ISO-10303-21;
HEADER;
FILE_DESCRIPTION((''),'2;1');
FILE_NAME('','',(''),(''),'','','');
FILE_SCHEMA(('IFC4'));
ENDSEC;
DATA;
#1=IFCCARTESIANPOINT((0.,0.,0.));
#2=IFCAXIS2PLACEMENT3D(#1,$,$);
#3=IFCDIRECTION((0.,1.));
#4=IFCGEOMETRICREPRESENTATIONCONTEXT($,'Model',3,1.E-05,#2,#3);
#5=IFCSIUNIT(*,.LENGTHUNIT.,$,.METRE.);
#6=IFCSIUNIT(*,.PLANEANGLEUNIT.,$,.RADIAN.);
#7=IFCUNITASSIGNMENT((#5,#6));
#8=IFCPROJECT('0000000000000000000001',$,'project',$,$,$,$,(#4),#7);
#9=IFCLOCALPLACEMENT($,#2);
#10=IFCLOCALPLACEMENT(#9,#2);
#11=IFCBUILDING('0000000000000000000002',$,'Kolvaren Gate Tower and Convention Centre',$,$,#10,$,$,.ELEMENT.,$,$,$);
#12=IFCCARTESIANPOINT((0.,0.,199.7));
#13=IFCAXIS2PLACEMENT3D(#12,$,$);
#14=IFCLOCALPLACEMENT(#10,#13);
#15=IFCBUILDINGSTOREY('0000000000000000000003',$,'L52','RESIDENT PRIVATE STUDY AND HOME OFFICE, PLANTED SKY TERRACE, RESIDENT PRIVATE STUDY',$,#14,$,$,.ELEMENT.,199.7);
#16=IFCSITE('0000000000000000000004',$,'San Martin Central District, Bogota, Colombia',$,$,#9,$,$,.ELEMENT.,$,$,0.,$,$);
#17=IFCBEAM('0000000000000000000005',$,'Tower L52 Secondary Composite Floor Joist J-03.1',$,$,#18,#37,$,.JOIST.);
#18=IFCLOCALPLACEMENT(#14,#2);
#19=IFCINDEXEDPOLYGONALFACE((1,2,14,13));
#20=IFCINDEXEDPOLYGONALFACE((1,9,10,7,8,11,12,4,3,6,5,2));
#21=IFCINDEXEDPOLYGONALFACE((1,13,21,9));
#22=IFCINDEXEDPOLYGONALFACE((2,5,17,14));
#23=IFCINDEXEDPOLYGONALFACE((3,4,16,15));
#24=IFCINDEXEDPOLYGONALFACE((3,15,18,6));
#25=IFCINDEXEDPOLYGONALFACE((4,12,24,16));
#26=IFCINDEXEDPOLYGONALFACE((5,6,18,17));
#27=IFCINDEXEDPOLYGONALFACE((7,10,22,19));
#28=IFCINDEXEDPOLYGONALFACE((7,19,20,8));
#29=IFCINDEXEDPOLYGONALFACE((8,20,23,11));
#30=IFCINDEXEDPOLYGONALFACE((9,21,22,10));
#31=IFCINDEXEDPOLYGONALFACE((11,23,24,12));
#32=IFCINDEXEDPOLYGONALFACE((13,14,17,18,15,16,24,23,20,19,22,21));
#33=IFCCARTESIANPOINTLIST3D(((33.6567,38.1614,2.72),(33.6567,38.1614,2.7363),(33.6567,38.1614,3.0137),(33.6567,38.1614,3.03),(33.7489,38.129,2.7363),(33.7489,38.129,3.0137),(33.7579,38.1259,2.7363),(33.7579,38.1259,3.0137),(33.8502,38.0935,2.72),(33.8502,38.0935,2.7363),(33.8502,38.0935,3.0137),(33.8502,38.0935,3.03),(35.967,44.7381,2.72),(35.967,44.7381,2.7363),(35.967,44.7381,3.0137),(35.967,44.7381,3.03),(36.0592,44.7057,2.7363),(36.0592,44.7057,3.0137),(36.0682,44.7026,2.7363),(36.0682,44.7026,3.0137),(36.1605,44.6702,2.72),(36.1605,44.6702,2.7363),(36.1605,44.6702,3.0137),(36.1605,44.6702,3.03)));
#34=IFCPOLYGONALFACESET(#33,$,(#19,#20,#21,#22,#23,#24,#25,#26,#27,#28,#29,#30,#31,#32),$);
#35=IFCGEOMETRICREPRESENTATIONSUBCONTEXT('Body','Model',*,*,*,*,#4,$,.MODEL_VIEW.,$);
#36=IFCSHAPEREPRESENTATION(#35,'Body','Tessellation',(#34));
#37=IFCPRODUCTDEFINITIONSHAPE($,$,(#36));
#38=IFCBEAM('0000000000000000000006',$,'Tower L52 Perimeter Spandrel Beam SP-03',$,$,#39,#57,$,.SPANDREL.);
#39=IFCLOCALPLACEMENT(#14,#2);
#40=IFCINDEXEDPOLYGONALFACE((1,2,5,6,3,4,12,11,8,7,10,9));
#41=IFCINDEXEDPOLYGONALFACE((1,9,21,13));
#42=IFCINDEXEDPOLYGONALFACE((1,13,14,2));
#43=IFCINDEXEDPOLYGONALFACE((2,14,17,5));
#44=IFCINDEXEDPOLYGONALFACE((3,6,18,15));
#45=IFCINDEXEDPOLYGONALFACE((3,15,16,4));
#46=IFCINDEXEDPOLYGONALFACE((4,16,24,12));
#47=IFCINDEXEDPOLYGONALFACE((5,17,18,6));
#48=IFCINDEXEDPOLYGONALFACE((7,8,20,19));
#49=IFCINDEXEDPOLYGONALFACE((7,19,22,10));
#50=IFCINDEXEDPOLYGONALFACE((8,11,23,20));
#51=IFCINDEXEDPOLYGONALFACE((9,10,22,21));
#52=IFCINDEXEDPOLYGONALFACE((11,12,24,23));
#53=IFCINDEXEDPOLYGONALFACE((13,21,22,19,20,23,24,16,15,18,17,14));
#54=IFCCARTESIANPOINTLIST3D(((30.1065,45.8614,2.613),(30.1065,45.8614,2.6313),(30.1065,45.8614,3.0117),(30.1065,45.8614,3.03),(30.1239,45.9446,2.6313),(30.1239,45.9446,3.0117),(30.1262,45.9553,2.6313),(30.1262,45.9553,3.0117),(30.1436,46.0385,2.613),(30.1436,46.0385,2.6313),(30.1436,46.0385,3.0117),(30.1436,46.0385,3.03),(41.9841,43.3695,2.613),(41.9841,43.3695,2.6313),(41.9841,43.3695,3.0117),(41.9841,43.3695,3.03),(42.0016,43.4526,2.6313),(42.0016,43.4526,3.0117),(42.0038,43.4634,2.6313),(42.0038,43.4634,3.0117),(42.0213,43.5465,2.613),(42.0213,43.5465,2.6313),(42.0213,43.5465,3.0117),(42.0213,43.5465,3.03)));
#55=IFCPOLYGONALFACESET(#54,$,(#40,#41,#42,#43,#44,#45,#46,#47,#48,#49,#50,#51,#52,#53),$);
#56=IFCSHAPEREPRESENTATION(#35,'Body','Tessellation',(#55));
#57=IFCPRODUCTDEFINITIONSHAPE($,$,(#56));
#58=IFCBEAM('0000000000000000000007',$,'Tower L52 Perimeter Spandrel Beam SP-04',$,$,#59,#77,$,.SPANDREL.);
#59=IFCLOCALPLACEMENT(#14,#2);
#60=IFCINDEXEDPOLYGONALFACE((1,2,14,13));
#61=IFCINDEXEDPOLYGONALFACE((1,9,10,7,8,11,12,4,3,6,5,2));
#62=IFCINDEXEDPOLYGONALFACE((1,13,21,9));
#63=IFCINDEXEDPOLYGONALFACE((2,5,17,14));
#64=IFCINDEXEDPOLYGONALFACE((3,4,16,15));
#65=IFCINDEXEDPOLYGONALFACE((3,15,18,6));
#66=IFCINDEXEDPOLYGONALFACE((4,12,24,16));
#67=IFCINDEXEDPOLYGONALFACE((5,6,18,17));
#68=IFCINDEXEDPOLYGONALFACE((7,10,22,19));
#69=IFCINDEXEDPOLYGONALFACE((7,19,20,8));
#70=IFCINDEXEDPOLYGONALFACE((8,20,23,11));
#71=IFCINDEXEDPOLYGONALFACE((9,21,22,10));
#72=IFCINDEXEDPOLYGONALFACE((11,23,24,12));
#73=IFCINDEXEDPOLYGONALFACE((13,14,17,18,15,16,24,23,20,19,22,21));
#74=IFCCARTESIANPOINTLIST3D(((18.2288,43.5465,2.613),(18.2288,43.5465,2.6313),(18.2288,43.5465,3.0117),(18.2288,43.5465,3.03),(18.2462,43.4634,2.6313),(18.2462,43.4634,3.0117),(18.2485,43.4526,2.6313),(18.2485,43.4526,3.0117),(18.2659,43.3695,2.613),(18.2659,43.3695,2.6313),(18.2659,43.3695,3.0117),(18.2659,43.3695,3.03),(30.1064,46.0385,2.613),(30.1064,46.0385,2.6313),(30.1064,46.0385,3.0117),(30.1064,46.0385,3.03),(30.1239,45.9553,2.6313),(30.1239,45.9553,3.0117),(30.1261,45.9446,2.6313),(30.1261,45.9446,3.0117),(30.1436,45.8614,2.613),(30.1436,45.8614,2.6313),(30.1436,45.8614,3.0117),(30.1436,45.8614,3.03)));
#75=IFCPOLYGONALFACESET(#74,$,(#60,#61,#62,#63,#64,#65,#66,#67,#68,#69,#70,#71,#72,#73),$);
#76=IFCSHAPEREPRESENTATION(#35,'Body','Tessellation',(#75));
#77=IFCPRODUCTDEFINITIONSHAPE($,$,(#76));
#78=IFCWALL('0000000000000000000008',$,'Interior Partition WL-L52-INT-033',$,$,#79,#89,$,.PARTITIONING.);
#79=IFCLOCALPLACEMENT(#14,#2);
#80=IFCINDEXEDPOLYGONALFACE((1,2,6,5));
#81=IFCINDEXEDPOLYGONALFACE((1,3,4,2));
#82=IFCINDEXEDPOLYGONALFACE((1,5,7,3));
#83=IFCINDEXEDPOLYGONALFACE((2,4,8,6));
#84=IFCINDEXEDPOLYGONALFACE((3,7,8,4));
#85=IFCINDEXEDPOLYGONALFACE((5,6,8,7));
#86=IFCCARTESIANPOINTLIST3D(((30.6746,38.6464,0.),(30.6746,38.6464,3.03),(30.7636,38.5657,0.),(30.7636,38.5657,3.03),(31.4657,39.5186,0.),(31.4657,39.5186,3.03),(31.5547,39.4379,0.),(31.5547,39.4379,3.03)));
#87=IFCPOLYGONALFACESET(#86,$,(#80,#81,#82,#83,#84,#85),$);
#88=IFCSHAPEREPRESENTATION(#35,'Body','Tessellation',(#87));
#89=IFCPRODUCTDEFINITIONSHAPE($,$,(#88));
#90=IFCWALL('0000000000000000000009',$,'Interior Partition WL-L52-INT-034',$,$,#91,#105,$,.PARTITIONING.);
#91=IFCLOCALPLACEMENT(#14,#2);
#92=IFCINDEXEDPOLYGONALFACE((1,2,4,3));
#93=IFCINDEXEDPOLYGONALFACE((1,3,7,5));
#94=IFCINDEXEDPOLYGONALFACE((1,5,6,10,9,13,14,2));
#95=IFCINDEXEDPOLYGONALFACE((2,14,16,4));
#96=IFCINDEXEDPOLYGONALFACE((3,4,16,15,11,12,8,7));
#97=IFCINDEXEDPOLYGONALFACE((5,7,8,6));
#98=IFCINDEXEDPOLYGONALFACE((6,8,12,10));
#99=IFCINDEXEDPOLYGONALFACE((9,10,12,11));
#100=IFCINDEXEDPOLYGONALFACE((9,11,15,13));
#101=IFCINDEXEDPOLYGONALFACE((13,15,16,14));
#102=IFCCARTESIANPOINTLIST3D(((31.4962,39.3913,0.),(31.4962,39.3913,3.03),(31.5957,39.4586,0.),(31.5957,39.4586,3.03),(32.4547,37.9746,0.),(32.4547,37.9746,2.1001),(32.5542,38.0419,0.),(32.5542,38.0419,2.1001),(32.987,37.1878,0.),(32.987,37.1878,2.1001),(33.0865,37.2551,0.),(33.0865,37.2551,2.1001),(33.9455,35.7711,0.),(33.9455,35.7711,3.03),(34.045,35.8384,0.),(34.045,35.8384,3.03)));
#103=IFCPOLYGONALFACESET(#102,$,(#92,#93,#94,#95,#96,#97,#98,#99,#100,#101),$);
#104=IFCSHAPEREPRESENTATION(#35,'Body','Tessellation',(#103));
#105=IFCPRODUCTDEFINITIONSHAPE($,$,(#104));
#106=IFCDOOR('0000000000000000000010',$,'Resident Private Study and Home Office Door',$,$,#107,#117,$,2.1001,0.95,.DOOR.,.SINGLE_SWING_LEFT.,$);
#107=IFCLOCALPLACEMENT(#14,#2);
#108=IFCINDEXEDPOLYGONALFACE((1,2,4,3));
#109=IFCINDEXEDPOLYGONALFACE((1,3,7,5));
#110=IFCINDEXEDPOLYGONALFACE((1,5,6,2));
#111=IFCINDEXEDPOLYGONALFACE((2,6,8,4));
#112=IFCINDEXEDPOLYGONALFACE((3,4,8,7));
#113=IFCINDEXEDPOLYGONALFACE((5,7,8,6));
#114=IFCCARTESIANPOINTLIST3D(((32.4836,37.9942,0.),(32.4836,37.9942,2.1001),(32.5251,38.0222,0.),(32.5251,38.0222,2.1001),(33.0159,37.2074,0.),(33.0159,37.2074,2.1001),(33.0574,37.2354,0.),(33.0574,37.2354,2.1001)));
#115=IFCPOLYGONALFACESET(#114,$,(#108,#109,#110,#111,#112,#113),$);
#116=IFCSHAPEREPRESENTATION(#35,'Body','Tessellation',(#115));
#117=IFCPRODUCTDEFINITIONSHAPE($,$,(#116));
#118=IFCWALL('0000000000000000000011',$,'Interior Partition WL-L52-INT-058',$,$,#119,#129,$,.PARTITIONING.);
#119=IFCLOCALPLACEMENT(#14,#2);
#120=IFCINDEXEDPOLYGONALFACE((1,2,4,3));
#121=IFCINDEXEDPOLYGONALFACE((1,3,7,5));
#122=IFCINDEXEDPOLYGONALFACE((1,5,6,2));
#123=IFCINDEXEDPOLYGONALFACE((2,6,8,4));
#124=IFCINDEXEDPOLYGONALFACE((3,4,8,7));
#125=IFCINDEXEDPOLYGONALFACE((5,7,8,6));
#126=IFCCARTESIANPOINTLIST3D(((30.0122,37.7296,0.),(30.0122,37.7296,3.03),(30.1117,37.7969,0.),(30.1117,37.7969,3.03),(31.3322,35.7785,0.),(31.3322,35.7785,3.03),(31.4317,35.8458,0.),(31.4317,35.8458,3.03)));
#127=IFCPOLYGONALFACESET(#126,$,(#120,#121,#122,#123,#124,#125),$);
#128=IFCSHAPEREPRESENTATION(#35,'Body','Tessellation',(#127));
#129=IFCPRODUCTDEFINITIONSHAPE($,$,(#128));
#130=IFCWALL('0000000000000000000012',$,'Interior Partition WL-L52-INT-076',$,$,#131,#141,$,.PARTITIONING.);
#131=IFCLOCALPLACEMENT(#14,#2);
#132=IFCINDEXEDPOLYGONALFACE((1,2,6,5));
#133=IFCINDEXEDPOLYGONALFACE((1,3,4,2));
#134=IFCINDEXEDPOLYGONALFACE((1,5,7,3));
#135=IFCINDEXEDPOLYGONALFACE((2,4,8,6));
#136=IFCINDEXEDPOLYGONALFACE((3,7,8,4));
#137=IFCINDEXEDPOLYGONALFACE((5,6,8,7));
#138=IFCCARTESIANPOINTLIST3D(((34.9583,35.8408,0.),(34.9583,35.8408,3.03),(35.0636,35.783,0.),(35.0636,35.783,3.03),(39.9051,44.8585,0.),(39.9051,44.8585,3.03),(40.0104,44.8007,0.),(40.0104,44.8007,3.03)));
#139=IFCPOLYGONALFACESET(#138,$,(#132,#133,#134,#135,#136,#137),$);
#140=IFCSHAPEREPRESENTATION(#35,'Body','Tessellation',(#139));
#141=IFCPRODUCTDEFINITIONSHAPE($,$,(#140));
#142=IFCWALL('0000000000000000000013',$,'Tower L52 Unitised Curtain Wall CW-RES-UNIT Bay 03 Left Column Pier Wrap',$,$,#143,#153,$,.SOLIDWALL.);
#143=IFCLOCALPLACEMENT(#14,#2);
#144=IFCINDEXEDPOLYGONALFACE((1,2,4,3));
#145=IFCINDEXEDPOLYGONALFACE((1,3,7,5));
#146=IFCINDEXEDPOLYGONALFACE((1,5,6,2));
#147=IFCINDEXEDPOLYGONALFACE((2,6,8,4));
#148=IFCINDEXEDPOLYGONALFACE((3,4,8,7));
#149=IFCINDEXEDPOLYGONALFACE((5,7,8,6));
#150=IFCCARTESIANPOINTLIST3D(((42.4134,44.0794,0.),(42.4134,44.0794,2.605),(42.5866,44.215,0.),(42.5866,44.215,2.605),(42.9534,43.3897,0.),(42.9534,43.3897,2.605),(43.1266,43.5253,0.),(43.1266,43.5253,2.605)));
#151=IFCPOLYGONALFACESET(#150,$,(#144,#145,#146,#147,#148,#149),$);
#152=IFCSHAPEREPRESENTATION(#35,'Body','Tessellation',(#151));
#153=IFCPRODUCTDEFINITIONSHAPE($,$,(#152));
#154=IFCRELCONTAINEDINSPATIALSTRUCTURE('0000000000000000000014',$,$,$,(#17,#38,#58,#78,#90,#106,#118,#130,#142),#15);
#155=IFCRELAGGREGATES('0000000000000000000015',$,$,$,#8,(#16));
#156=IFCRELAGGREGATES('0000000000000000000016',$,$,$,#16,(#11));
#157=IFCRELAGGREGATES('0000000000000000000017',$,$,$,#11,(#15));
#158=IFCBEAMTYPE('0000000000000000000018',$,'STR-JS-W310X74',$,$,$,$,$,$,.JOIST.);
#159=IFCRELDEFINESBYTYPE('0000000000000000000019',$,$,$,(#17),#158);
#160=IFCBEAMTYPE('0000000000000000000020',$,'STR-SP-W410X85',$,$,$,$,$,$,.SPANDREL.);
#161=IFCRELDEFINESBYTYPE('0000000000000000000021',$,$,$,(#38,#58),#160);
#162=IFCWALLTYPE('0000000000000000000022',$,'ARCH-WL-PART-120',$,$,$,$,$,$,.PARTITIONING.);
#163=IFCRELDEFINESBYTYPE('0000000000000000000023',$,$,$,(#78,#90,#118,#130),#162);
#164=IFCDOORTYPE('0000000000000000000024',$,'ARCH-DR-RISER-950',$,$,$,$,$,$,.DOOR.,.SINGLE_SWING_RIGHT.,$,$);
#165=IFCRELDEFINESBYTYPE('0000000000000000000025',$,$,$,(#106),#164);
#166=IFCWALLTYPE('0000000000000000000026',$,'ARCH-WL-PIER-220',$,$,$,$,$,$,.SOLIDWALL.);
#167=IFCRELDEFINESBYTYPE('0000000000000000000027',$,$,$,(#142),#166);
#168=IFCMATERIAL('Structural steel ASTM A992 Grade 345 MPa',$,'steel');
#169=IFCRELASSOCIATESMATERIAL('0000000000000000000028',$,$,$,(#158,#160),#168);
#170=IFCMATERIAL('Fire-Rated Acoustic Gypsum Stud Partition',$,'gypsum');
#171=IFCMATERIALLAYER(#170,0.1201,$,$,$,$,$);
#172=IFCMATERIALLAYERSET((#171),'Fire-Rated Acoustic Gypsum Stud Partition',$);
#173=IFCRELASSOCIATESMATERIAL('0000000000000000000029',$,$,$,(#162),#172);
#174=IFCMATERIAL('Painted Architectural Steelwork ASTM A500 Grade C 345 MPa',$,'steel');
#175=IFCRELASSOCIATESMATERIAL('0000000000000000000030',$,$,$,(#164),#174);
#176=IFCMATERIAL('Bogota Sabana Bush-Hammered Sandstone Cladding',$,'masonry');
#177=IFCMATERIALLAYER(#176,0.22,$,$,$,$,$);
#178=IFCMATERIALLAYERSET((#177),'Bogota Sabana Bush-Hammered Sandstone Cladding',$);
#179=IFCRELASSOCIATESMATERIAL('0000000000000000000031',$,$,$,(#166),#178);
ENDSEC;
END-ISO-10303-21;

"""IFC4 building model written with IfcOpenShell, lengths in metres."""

from ifc_helpers import new_model, si_unit, direction, frame, frame_2d, origin, origin_2d, place, context, subcontext, project, spatial, rectangle, i_section, extrude, material, layer, layer_set, material_profile, profile_set, type_object, element, fill, save


model = new_model("IFC4")

# Units and contexts
model_context = context("Model", 3, precision=1e-05, world=origin(), true_north=direction((0.0, 1.0)))
body_context = subcontext(model_context, "Body", "Model", "MODEL_VIEW")
ifc_project = project(units=[si_unit("LENGTHUNIT", "METRE"), si_unit("PLANEANGLEUNIT", "RADIAN")], contexts=[model_context])

# Site, building, storey
site_placement = place(None, origin())
site = spatial("IfcSite", under=ifc_project, at=site_placement, Name="San Martin Central District, Bogota, Colombia", CompositionType="ELEMENT", RefElevation=0.0)
building_placement = place(site_placement, origin())
building = spatial("IfcBuilding", under=site, at=building_placement, Name="Kolvaren Gate Tower and Convention Centre", CompositionType="ELEMENT")
storey_placement = place(building_placement, frame((0.0, 0.0, 199.7)))
storey = spatial("IfcBuildingStorey", under=building, at=storey_placement, Name="L52", Description="RESIDENT PRIVATE STUDY AND HOME OFFICE, PLANTED SKY TERRACE, RESIDENT PRIVATE STUDY", CompositionType="ELEMENT", Elevation=199.7)

# Beams
ifc_material_1 = material(Name="Structural steel ASTM A992 Grade 345 MPa", Category="steel")
ifc_material_profile_1 = material_profile(ifc_material_1, i_section(OverallWidth=0.2051, OverallDepth=0.3101, WebThickness=0.0095, FlangeThickness=0.0164, at=origin_2d()), Name="W310X74")
ifc_profile_set_1 = profile_set([ifc_material_profile_1], Name="Structural steel ASTM A992 Grade 345 MPa")
beam_type_1 = type_object("IfcBeamType", Name="STR-JS-W310X74", PredefinedType="JOIST", material=ifc_profile_set_1)
beam_1_placement = place(storey_placement, frame((33.7534, 38.1274, 2.875), z_axis=(0.331433, 0.943479, 0.0), x_axis=(-0.943479, 0.331433, 0.0)))
element("IfcBeam", 1, at=beam_1_placement, inside=storey, type_object=beam_type_1, Name="Tower L52 Secondary Composite Floor Joist J-03.1", PredefinedType="JOIST", context=body_context, shape_type="SweptSolid", body=[
    extrude(i_section(OverallWidth=0.2051, OverallDepth=0.3101, WebThickness=0.0095, FlangeThickness=0.0164, at=origin_2d()), origin(), (0.0, 0.0, 1.0), 6.9707),
])
ifc_material_profile_2 = material_profile(ifc_material_1, i_section(OverallWidth=0.1809, OverallDepth=0.417, WebThickness=0.011, FlangeThickness=0.0183, at=origin_2d()), Name="W410X85")
ifc_profile_set_2 = profile_set([ifc_material_profile_2], Name="Structural steel ASTM A992 Grade 345 MPa")
beam_type_2 = type_object("IfcBeamType", Name="STR-SP-W410X85", PredefinedType="SPANDREL", material=ifc_profile_set_2)
for number, where, z_axis, x_axis, name in (
    (2, (42.0027, 43.458, 2.8215), (-0.978693, 0.20533, 0.0), (-0.20533, -0.978693, 0.0), "Tower L52 Perimeter Spandrel Beam SP-03"),
    (3, (30.125, 45.95, 2.8215), (-0.978693, -0.20533, 0.0), (0.20533, -0.978693, 0.0), "Tower L52 Perimeter Spandrel Beam SP-04"),
):
    element("IfcBeam", number, at=place(storey_placement, frame(where, z_axis=z_axis, x_axis=x_axis)), inside=storey, type_object=beam_type_2, Name=name, PredefinedType="SPANDREL", context=body_context, shape_type="SweptSolid", body=[
        extrude(i_section(OverallWidth=0.1809, OverallDepth=0.417, WebThickness=0.011, FlangeThickness=0.0183, at=origin_2d()), origin(), (0.0, 0.0, 1.0), 12.1362),
    ])

# Wall
ifc_material_2 = material(Name="Fire-Rated Acoustic Gypsum Stud Partition", Category="gypsum")
ifc_layer_1 = layer(ifc_material_2, 0.1201)
ifc_layer_set_1 = layer_set([ifc_layer_1], Name="Fire-Rated Acoustic Gypsum Stud Partition")
wall_type_1 = type_object("IfcWallType", Name="ARCH-WL-PART-120", PredefinedType="PARTITIONING", material=ifc_layer_set_1)
wall_1_placement = place(storey_placement, frame((30.719, 38.606, 0.0), z_axis=(0.0, 0.0, 1.0), x_axis=(0.671847, 0.74069, 0.0)))
element("IfcWall", 4, at=wall_1_placement, inside=storey, type_object=wall_type_1, Name="Interior Partition WL-L52-INT-033", PredefinedType="PARTITIONING", context=body_context, shape_type="SweptSolid", body=[
    extrude(rectangle(XDim=1.1775, YDim=0.1201, at=frame_2d((0.5889, 0.0))), origin(), (0.0, 0.0, 1.0), 3.03),
])

# Wall, opening, door
wall_2_placement = place(storey_placement, frame((31.5459, 39.425, 0.0), z_axis=(0.0, 0.0, 1.0), x_axis=(0.560359, -0.82825, 0.0)))
wall_2 = element("IfcWall", 5, at=wall_2_placement, inside=storey, type_object=wall_type_1, Name="Interior Partition WL-L52-INT-034", PredefinedType="PARTITIONING", context=body_context, shape_type="SweptSolid", body=[
    extrude(rectangle(XDim=4.3708, YDim=0.1201, at=frame_2d((2.1855, 0.0))), origin(), (0.0, 0.0, 1.0), 3.03),
])
opening_1_placement = place(wall_2_placement, frame((1.7104, 0.0, 0.0)))
opening_1 = element("IfcOpeningElement", 6, at=opening_1_placement, cuts=wall_2, PredefinedType="OPENING", context=body_context, shape_type="SweptSolid", body=[
    extrude(rectangle(XDim=0.95, YDim=2.1001, at=frame_2d((0.4751, 1.05))), frame((0.0, 0.0701, 0.0), z_axis=(0.0, -1.0, 0.0), x_axis=(1.0, 0.0, 0.0)), (0.0, 0.0, 1.0), 0.1401),
])
ifc_material_3 = material(Name="Painted Architectural Steelwork ASTM A500 Grade C 345 MPa", Category="steel")
door_type = type_object("IfcDoorType", Name="ARCH-DR-RISER-950", OperationType="SINGLE_SWING_RIGHT", PredefinedType="DOOR", material=ifc_material_3)
door_placement = place(opening_1_placement, origin())
door = element("IfcDoor", 7, at=door_placement, inside=storey, type_object=door_type, Name="Resident Private Study and Home Office Door", OperationType="SINGLE_SWING_LEFT", OverallHeight=2.1001, OverallWidth=0.95, PredefinedType="DOOR", context=body_context, shape_type="SweptSolid", body=[
    extrude(rectangle(XDim=0.95, YDim=2.1001, at=frame_2d((0.4751, 1.05))), frame((0.0, 0.0249, 0.0), z_axis=(0.0, -1.0, 0.0), x_axis=(1.0, 0.0, 0.0)), (0.0, 0.0, 1.0), 0.05),
])
fill(opening_1, door)

# Walls
wall_3_placement = place(storey_placement, frame((30.062, 37.7632, 0.0), z_axis=(0.0, 0.0, 1.0), x_axis=(0.560355, -0.828252, 0.0)))
element("IfcWall", 8, at=wall_3_placement, inside=storey, type_object=wall_type_1, Name="Interior Partition WL-L52-INT-058", PredefinedType="PARTITIONING", context=body_context, shape_type="SweptSolid", body=[
    extrude(rectangle(XDim=2.3557, YDim=0.1201, at=frame_2d((1.1777, 0.0))), origin(), (0.0, 0.0, 1.0), 3.03),
])
wall_4_placement = place(storey_placement, frame((35.011, 35.812, 0.0), z_axis=(0.0, 0.0, 1.0), x_axis=(0.480956, 0.876745, 0.0)))
element("IfcWall", 9, at=wall_4_placement, inside=storey, type_object=wall_type_1, Name="Interior Partition WL-L52-INT-076", PredefinedType="PARTITIONING", context=body_context, shape_type="SweptSolid", body=[
    extrude(rectangle(XDim=10.2854, YDim=0.1201, at=frame_2d((5.1426, 0.0))), origin(), (0.0, 0.0, 1.0), 3.03),
])
ifc_material_4 = material(Name="Bogota Sabana Bush-Hammered Sandstone Cladding", Category="masonry")
ifc_layer_2 = layer(ifc_material_4, 0.22)
ifc_layer_set_2 = layer_set([ifc_layer_2], Name="Bogota Sabana Bush-Hammered Sandstone Cladding")
wall_type_2 = type_object("IfcWallType", Name="ARCH-WL-PIER-220", PredefinedType="SOLIDWALL", material=ifc_layer_set_2)
wall_5_placement = place(storey_placement, frame((42.5, 44.1472, 0.0), z_axis=(0.0, 0.0, 1.0), x_axis=(0.616504, -0.787352, 0.0)))
element("IfcWall", 10, at=wall_5_placement, inside=storey, type_object=wall_type_2, Name="Tower L52 Unitised Curtain Wall CW-RES-UNIT Bay 03 Left Column Pier Wrap", PredefinedType="SOLIDWALL", context=body_context, shape_type="SweptSolid", body=[
    extrude(rectangle(XDim=0.876, YDim=0.22, at=frame_2d((0.438, 0.0))), origin(), (0.0, 0.0, 1.0), 2.605),
])

save(model, "model.ifc")
